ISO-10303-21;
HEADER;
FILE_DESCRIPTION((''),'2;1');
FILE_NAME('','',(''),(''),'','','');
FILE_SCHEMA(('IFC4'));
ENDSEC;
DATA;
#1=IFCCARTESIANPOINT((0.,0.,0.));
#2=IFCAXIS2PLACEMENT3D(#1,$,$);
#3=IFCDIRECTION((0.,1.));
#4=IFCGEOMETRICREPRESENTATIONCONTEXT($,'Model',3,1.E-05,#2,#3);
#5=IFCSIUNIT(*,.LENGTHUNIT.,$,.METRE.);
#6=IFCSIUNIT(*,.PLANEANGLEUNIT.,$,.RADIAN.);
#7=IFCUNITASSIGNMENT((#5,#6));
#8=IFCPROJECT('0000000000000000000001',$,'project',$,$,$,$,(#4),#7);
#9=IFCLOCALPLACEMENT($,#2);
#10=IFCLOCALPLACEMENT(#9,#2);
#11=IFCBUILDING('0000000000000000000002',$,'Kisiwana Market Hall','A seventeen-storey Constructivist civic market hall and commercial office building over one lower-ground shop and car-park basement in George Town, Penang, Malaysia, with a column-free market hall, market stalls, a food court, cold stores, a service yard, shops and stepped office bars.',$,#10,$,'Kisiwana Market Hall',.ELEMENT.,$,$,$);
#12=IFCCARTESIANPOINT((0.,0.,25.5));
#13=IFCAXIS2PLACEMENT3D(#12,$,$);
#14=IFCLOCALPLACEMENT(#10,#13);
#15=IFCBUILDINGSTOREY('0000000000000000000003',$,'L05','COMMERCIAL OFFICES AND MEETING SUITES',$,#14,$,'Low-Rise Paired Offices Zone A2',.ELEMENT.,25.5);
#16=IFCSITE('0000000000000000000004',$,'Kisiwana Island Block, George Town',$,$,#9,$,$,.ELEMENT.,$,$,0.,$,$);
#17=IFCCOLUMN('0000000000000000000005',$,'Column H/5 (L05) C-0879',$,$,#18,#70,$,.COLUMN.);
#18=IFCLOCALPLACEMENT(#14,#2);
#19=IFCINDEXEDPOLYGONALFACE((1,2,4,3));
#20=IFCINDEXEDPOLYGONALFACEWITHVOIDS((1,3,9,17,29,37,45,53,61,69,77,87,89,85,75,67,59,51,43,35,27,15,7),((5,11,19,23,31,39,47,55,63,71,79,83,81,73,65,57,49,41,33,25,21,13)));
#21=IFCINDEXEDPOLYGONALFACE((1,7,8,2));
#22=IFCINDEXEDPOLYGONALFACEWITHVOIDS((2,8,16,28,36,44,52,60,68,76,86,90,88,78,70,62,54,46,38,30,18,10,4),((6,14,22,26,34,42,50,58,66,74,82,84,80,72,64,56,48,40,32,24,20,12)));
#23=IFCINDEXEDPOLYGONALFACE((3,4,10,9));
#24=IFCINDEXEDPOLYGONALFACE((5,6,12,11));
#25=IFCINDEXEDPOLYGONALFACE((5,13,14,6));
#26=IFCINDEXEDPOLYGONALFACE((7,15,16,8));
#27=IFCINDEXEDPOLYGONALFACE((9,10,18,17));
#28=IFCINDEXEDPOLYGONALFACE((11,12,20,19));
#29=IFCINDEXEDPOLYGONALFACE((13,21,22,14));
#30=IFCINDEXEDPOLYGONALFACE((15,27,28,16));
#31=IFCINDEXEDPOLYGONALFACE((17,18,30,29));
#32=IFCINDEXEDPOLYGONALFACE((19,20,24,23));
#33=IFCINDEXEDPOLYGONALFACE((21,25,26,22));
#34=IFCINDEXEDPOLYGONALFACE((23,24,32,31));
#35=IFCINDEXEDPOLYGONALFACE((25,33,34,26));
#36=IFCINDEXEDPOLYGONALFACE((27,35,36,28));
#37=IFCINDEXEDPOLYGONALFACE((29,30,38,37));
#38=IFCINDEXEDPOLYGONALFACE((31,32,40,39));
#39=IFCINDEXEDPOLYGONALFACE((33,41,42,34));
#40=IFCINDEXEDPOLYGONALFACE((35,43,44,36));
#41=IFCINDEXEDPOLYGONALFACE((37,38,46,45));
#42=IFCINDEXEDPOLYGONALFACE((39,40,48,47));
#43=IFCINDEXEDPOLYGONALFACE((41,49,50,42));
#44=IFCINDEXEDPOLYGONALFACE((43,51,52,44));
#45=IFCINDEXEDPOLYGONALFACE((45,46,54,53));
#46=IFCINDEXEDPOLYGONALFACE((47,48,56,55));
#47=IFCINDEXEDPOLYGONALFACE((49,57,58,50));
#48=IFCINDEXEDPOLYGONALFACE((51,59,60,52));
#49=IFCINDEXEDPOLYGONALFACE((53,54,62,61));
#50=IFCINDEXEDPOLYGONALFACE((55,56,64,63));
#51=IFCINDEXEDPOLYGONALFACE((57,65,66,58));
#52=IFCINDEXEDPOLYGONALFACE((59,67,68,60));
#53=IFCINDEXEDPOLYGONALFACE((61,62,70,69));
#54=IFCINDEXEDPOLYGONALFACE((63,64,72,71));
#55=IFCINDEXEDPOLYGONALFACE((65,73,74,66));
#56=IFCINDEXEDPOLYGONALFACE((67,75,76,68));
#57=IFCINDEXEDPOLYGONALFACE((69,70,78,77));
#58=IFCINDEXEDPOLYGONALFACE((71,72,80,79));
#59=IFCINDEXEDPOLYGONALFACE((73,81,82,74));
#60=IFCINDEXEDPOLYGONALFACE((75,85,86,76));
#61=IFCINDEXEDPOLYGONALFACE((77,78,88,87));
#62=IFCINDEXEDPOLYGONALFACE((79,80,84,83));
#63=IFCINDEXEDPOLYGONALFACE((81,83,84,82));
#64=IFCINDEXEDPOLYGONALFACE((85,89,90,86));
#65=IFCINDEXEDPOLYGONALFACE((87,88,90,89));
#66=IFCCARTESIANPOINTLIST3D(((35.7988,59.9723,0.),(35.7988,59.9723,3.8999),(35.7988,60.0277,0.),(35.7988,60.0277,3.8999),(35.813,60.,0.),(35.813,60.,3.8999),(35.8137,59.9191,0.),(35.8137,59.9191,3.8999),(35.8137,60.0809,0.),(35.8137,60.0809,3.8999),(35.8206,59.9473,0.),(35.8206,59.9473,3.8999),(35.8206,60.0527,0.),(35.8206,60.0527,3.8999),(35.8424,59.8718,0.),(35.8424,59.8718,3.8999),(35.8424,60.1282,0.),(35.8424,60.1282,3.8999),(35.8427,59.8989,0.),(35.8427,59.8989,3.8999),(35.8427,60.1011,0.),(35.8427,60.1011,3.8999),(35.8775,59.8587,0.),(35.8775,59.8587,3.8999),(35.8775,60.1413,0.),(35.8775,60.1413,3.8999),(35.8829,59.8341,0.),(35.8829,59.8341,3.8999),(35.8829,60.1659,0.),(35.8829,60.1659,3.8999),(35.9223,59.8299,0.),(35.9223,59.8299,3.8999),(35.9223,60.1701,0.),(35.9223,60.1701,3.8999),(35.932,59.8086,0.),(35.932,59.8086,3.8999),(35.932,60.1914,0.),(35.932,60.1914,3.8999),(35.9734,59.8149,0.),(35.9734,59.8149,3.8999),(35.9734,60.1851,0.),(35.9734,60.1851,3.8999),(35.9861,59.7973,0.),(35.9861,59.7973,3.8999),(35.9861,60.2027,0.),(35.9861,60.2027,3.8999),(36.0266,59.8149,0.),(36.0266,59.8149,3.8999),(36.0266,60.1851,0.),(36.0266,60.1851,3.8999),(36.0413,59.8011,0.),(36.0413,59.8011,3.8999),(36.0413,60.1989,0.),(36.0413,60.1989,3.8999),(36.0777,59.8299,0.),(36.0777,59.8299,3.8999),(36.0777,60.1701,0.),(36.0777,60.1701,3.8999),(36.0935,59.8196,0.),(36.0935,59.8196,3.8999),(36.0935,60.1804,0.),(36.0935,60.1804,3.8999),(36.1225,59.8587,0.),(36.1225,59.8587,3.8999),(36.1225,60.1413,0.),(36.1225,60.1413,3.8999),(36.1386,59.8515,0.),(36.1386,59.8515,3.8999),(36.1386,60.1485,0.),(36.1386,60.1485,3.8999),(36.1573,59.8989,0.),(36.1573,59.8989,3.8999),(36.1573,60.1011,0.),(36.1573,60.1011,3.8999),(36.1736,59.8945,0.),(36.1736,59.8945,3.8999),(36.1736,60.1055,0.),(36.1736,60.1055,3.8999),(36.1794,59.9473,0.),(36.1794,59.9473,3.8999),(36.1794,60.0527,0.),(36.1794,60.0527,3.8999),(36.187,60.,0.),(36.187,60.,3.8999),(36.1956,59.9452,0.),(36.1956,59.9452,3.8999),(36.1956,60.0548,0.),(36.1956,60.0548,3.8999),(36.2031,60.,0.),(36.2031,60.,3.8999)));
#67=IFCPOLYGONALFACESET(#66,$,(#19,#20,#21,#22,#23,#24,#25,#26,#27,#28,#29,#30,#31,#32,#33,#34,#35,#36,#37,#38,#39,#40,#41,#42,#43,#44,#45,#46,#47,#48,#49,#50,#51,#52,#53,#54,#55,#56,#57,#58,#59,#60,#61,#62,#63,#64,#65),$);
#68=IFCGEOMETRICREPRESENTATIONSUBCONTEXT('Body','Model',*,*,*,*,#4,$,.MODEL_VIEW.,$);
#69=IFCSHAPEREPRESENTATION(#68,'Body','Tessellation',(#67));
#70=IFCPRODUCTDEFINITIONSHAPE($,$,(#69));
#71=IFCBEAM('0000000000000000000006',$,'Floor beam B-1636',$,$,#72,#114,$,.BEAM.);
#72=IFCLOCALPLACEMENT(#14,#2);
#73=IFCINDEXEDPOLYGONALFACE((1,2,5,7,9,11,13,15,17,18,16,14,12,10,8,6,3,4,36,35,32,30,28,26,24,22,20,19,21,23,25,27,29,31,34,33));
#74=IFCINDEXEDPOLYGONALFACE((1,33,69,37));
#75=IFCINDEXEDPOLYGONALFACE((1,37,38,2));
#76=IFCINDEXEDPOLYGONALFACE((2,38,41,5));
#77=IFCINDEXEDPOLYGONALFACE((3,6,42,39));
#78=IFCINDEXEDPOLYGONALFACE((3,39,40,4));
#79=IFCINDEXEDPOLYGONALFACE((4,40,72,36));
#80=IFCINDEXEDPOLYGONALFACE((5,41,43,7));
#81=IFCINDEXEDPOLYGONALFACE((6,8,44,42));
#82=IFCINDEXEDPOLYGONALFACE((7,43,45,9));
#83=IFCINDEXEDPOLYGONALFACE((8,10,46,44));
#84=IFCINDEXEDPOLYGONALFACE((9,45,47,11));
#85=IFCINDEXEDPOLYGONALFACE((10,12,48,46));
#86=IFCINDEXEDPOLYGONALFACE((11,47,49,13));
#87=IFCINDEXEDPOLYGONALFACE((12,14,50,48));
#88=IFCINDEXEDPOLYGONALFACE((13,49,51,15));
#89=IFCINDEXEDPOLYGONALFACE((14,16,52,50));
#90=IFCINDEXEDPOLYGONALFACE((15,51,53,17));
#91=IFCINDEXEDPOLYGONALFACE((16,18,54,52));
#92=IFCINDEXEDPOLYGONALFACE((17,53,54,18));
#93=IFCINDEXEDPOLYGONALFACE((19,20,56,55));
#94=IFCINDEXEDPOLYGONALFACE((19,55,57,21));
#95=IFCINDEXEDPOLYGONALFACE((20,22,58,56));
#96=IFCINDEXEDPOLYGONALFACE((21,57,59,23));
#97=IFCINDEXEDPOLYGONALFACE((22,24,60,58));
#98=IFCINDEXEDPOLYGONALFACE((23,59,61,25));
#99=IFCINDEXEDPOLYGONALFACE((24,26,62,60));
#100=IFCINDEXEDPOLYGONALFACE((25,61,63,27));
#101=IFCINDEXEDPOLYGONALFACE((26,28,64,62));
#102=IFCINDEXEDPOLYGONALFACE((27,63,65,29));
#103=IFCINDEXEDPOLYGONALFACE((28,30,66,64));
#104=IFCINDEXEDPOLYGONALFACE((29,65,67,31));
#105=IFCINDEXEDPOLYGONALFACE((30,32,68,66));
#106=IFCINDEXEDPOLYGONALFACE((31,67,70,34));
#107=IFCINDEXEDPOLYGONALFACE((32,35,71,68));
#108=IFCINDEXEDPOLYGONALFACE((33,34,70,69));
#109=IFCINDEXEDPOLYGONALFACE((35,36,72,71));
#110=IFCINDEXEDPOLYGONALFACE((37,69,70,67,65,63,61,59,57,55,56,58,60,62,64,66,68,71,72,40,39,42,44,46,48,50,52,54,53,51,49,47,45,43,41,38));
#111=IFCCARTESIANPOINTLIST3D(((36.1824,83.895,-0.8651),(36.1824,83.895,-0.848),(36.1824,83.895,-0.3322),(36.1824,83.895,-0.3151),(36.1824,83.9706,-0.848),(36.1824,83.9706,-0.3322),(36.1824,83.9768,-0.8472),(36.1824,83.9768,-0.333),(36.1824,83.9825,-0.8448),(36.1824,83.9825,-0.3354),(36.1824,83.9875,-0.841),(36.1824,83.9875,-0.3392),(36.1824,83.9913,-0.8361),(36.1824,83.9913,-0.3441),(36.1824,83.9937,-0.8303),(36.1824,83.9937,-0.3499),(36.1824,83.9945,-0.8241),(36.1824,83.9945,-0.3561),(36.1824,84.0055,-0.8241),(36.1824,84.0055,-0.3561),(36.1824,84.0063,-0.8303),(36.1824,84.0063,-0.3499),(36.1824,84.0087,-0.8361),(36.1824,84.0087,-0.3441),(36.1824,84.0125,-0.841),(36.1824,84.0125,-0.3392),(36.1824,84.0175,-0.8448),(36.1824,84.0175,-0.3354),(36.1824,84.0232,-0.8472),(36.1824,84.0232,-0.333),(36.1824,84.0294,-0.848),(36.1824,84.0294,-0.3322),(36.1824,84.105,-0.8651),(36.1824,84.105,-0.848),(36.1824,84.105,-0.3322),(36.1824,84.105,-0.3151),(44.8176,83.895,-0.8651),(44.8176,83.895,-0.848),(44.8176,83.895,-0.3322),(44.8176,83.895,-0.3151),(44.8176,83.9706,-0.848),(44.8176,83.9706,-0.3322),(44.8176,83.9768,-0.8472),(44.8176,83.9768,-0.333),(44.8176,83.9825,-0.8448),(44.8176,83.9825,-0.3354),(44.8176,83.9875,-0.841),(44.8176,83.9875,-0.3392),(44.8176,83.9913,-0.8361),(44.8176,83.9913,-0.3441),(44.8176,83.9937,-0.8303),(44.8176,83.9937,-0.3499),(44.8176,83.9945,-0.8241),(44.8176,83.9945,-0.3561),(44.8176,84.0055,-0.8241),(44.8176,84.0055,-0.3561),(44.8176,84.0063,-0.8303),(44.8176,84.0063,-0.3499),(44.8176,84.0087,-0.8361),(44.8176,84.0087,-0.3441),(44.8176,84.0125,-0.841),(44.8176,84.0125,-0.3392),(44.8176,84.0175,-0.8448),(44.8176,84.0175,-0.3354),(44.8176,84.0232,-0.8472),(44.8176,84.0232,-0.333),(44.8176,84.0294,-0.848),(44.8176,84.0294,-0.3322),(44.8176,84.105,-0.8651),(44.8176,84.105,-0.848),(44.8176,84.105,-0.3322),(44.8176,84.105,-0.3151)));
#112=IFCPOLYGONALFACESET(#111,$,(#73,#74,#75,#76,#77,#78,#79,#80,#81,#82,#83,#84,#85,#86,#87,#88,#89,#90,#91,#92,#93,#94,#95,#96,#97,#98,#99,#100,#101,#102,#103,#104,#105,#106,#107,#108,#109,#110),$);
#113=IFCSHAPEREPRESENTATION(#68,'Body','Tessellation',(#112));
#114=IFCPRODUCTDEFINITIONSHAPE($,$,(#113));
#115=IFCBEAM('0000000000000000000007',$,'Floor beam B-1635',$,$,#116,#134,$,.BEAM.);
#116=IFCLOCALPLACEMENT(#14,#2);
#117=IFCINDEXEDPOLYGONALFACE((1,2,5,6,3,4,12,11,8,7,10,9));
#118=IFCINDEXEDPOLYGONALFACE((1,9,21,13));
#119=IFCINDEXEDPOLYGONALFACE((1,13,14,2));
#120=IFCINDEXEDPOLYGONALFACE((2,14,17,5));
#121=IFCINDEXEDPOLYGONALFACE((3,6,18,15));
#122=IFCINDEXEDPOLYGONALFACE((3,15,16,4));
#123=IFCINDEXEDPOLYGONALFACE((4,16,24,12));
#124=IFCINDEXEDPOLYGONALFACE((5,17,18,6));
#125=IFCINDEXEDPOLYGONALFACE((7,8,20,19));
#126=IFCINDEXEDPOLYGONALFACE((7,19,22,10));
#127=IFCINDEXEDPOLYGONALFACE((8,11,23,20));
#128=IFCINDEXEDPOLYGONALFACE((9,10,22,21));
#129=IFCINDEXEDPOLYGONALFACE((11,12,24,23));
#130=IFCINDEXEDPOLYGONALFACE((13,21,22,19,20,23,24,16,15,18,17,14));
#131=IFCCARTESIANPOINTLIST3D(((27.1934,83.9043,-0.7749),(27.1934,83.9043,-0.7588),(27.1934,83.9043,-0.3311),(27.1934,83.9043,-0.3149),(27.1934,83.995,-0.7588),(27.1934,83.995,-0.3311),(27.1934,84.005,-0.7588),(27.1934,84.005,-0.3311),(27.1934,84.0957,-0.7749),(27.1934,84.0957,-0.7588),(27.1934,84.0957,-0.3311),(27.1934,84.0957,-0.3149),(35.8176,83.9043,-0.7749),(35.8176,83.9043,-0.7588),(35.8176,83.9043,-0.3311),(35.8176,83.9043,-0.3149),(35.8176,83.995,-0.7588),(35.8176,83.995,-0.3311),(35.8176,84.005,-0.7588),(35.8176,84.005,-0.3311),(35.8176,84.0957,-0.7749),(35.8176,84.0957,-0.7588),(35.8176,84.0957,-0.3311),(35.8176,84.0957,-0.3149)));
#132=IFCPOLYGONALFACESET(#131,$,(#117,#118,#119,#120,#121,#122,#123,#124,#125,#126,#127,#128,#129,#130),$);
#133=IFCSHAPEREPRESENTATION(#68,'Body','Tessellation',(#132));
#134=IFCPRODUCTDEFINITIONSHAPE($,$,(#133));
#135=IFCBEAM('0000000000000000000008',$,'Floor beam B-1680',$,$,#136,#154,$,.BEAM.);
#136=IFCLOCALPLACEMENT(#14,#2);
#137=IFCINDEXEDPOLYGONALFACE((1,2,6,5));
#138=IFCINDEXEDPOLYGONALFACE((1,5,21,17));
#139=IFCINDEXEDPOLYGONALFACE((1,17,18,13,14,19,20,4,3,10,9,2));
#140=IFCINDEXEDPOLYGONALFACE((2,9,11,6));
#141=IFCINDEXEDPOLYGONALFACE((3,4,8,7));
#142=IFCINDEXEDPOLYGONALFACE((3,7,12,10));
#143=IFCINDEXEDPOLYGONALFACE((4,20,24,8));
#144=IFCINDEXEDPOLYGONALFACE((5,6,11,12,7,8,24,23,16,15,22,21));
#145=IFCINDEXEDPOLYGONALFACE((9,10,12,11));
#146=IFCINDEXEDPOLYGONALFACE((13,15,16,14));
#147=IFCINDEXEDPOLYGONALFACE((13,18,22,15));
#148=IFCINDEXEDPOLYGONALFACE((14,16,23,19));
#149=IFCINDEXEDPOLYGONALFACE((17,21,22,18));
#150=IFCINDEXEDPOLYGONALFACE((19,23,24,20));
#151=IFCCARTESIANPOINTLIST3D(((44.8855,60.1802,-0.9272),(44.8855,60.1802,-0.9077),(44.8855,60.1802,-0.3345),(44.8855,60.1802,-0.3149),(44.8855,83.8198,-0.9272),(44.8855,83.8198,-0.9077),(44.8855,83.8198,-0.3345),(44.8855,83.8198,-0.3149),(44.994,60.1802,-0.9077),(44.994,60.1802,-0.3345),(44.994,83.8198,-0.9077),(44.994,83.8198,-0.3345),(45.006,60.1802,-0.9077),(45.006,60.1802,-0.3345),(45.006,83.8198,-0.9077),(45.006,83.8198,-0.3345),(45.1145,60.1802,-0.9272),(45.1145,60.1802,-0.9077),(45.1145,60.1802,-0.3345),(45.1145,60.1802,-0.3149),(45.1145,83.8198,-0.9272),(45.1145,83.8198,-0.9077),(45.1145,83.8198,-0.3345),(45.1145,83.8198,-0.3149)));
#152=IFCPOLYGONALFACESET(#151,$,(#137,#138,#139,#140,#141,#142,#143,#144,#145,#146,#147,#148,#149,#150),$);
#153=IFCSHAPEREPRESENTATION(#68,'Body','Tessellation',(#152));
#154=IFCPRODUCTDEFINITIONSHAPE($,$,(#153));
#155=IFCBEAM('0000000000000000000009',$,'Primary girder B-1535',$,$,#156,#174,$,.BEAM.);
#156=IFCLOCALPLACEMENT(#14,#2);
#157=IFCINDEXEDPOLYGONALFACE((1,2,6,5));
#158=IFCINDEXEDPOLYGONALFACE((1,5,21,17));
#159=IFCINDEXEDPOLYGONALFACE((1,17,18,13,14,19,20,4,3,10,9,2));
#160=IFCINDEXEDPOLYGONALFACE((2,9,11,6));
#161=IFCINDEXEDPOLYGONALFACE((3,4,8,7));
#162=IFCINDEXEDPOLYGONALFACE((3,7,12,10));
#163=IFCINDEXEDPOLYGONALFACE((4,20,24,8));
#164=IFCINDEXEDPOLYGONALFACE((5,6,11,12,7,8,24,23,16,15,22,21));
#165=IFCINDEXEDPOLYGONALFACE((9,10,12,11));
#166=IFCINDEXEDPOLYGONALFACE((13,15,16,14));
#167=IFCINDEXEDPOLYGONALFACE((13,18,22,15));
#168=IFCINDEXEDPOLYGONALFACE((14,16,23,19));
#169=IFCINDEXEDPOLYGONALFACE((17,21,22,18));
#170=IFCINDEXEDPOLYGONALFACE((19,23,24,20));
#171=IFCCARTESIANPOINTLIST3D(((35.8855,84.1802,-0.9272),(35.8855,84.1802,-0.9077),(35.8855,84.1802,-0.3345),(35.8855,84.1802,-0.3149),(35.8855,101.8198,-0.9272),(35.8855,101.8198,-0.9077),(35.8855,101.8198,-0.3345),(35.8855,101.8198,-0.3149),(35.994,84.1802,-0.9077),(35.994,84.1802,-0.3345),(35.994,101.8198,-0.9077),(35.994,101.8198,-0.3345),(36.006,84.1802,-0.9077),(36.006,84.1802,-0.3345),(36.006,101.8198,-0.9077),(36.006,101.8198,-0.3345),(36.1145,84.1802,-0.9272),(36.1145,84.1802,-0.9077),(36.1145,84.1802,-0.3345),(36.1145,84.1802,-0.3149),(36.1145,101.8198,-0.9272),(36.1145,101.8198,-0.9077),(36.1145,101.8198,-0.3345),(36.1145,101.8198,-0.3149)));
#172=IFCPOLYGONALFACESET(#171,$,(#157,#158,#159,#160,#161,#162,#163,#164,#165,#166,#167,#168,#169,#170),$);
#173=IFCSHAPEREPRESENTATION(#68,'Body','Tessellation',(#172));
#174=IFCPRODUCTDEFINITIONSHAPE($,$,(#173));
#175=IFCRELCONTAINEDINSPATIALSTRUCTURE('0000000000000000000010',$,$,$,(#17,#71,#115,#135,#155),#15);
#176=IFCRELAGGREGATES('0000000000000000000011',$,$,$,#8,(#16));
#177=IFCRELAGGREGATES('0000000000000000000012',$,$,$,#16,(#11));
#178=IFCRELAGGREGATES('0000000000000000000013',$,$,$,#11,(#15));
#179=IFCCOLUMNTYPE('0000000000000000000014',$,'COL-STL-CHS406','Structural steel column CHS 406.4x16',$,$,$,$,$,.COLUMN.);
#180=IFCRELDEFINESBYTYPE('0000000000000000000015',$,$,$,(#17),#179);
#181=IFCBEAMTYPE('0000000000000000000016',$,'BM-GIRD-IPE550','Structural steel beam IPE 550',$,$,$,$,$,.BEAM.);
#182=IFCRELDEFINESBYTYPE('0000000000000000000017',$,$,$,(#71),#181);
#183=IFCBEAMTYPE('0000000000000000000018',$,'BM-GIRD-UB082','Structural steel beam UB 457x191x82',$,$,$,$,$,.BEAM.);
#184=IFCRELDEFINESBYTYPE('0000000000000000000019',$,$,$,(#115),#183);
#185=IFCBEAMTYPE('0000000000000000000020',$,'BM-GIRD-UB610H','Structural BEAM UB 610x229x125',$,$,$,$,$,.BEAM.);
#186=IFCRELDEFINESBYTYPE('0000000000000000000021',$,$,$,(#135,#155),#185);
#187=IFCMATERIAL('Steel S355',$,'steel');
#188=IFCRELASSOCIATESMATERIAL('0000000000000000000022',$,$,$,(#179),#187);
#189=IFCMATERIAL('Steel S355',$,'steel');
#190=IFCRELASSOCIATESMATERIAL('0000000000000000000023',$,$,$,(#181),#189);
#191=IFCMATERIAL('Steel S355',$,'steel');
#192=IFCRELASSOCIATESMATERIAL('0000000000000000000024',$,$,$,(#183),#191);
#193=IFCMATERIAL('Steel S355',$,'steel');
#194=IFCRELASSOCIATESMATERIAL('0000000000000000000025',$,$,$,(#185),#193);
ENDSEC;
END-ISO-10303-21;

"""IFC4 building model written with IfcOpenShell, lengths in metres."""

from ifc_helpers import new_model, si_unit, direction, frame, origin, origin_2d, place, context, subcontext, project, spatial, hollow_circle, i_section, extrude, material, material_profile, profile_set, type_object, element, save


model = new_model("IFC4")

# Units and contexts
model_context = context("Model", 3, precision=1e-05, world=origin(), true_north=direction((0.0, 1.0)))
body_context = subcontext(model_context, "Body", "Model", "MODEL_VIEW")
ifc_project = project(units=[si_unit("LENGTHUNIT", "METRE"), si_unit("PLANEANGLEUNIT", "RADIAN")], contexts=[model_context])

# Site, building, storey
site_placement = place(None, origin())
site = spatial("IfcSite", under=ifc_project, at=site_placement, Name="Kisiwana Island Block, George Town", CompositionType="ELEMENT", RefElevation=0.0)
building_placement = place(site_placement, origin())
building = spatial("IfcBuilding", under=site, at=building_placement, Name="Kisiwana Market Hall", Description="A seventeen-storey Constructivist civic market hall and commercial office building over one lower-ground shop and car-park basement in George Town, Penang, Malaysia, with a column-free market hall, market stalls, a food court, cold stores, a service yard, shops and stepped office bars.", LongName="Kisiwana Market Hall", CompositionType="ELEMENT")
storey_placement = place(building_placement, frame((0.0, 0.0, 25.5)))
storey = spatial("IfcBuildingStorey", under=building, at=storey_placement, Name="L05", Description="COMMERCIAL OFFICES AND MEETING SUITES", LongName="Low-Rise Paired Offices Zone A2", CompositionType="ELEMENT", Elevation=25.5)

# Column
ifc_material_1 = material(Name="Steel S355", Category="steel")
ifc_material_profile_1 = material_profile(ifc_material_1, hollow_circle(Radius=0.2031, WallThickness=0.0161, at=origin_2d()), Name="CHS 406.4x16")
ifc_profile_set_1 = profile_set([ifc_material_profile_1], Name="Steel S355")
column_type = type_object("IfcColumnType", Name="COL-STL-CHS406", Description="Structural steel column CHS 406.4x16", PredefinedType="COLUMN", material=ifc_profile_set_1)
for number, where, z_axis, x_axis, name in (
    (1, (36.0, 60.0, 0.0), (0.0, 0.0, 1.0), (1.0, 0.0, 0.0), "Column H/5 (L05) C-0879"),
):
    element("IfcColumn", number, at=place(storey_placement, frame(where, z_axis=z_axis, x_axis=x_axis)), inside=storey, type_object=column_type, Name=name, PredefinedType="COLUMN", context=body_context, shape_type="SweptSolid", body=[
        extrude(hollow_circle(Radius=0.2031, WallThickness=0.0161, at=origin_2d()), origin(), (0.0, 0.0, 1.0), 3.8999),
    ])

# Beams
ifc_material_2 = material(Name="Steel S355", Category="steel")
ifc_material_profile_2 = material_profile(ifc_material_2, i_section(OverallWidth=0.21, OverallDepth=0.55, WebThickness=0.011, FlangeThickness=0.0171, FilletRadius=0.0239, at=origin_2d()), Name="IPE 550")
ifc_profile_set_2 = profile_set([ifc_material_profile_2], Name="Steel S355")
beam_type_1 = type_object("IfcBeamType", Name="BM-GIRD-IPE550", Description="Structural steel beam IPE 550", PredefinedType="BEAM", material=ifc_profile_set_2)
beam_1_placement = place(storey_placement, frame((36.1824, 84.0, -0.5901), z_axis=(1.0, 0.0, 0.0), x_axis=(0.0, 1.0, 0.0)))
element("IfcBeam", 2, at=beam_1_placement, inside=storey, type_object=beam_type_1, Name="Floor beam B-1636", PredefinedType="BEAM", context=body_context, shape_type="SweptSolid", body=[
    extrude(i_section(OverallWidth=0.21, OverallDepth=0.55, WebThickness=0.011, FlangeThickness=0.0171, FilletRadius=0.0239, at=origin_2d()), origin(), (0.0, 0.0, 1.0), 8.6353),
])
ifc_material_3 = material(Name="Steel S355", Category="steel")
ifc_material_profile_3 = material_profile(ifc_material_3, i_section(OverallWidth=0.1914, OverallDepth=0.46, WebThickness=0.01, FlangeThickness=0.0161, at=origin_2d()), Name="UB 457x191x82")
ifc_profile_set_3 = profile_set([ifc_material_profile_3], Name="Steel S355")
beam_type_2 = type_object("IfcBeamType", Name="BM-GIRD-UB082", Description="Structural steel beam UB 457x191x82", PredefinedType="BEAM", material=ifc_profile_set_3)
beam_2_placement = place(storey_placement, frame((27.1934, 84.0, -0.5449), z_axis=(1.0, 0.0, 0.0), x_axis=(0.0, 1.0, 0.0)))
element("IfcBeam", 3, at=beam_2_placement, inside=storey, type_object=beam_type_2, Name="Floor beam B-1635", PredefinedType="BEAM", context=body_context, shape_type="SweptSolid", body=[
    extrude(i_section(OverallWidth=0.1914, OverallDepth=0.46, WebThickness=0.01, FlangeThickness=0.0161, at=origin_2d()), origin(), (0.0, 0.0, 1.0), 8.6243),
])
ifc_material_4 = material(Name="Steel S355", Category="steel")
ifc_material_profile_4 = material_profile(ifc_material_4, i_section(OverallWidth=0.229, OverallDepth=0.6123, WebThickness=0.012, FlangeThickness=0.0195, at=origin_2d()), Name="UB 610x229x125")
ifc_profile_set_4 = profile_set([ifc_material_profile_4], Name="Steel S355")
beam_type_3 = type_object("IfcBeamType", Name="BM-GIRD-UB610H", Description="Structural BEAM UB 610x229x125", PredefinedType="BEAM", material=ifc_profile_set_4)
beam_3_placement = place(storey_placement, frame((45.0, 60.1802, -0.6211), z_axis=(0.0, 1.0, 0.0), x_axis=(-1.0, 0.0, 0.0)))
element("IfcBeam", 4, at=beam_3_placement, inside=storey, type_object=beam_type_3, Name="Floor beam B-1680", PredefinedType="BEAM", context=body_context, shape_type="SweptSolid", body=[
    extrude(i_section(OverallWidth=0.229, OverallDepth=0.6123, WebThickness=0.012, FlangeThickness=0.0195, at=origin_2d()), origin(), (0.0, 0.0, 1.0), 23.6396),
])
beam_4_placement = place(storey_placement, frame((36.0, 84.1802, -0.6211), z_axis=(0.0, 1.0, 0.0), x_axis=(-1.0, 0.0, 0.0)))
element("IfcBeam", 5, at=beam_4_placement, inside=storey, type_object=beam_type_3, Name="Primary girder B-1535", PredefinedType="BEAM", context=body_context, shape_type="SweptSolid", body=[
    extrude(i_section(OverallWidth=0.229, OverallDepth=0.6123, WebThickness=0.012, FlangeThickness=0.0195, at=origin_2d()), origin(), (0.0, 0.0, 1.0), 17.6396),
])

save(model, "model.ifc")
